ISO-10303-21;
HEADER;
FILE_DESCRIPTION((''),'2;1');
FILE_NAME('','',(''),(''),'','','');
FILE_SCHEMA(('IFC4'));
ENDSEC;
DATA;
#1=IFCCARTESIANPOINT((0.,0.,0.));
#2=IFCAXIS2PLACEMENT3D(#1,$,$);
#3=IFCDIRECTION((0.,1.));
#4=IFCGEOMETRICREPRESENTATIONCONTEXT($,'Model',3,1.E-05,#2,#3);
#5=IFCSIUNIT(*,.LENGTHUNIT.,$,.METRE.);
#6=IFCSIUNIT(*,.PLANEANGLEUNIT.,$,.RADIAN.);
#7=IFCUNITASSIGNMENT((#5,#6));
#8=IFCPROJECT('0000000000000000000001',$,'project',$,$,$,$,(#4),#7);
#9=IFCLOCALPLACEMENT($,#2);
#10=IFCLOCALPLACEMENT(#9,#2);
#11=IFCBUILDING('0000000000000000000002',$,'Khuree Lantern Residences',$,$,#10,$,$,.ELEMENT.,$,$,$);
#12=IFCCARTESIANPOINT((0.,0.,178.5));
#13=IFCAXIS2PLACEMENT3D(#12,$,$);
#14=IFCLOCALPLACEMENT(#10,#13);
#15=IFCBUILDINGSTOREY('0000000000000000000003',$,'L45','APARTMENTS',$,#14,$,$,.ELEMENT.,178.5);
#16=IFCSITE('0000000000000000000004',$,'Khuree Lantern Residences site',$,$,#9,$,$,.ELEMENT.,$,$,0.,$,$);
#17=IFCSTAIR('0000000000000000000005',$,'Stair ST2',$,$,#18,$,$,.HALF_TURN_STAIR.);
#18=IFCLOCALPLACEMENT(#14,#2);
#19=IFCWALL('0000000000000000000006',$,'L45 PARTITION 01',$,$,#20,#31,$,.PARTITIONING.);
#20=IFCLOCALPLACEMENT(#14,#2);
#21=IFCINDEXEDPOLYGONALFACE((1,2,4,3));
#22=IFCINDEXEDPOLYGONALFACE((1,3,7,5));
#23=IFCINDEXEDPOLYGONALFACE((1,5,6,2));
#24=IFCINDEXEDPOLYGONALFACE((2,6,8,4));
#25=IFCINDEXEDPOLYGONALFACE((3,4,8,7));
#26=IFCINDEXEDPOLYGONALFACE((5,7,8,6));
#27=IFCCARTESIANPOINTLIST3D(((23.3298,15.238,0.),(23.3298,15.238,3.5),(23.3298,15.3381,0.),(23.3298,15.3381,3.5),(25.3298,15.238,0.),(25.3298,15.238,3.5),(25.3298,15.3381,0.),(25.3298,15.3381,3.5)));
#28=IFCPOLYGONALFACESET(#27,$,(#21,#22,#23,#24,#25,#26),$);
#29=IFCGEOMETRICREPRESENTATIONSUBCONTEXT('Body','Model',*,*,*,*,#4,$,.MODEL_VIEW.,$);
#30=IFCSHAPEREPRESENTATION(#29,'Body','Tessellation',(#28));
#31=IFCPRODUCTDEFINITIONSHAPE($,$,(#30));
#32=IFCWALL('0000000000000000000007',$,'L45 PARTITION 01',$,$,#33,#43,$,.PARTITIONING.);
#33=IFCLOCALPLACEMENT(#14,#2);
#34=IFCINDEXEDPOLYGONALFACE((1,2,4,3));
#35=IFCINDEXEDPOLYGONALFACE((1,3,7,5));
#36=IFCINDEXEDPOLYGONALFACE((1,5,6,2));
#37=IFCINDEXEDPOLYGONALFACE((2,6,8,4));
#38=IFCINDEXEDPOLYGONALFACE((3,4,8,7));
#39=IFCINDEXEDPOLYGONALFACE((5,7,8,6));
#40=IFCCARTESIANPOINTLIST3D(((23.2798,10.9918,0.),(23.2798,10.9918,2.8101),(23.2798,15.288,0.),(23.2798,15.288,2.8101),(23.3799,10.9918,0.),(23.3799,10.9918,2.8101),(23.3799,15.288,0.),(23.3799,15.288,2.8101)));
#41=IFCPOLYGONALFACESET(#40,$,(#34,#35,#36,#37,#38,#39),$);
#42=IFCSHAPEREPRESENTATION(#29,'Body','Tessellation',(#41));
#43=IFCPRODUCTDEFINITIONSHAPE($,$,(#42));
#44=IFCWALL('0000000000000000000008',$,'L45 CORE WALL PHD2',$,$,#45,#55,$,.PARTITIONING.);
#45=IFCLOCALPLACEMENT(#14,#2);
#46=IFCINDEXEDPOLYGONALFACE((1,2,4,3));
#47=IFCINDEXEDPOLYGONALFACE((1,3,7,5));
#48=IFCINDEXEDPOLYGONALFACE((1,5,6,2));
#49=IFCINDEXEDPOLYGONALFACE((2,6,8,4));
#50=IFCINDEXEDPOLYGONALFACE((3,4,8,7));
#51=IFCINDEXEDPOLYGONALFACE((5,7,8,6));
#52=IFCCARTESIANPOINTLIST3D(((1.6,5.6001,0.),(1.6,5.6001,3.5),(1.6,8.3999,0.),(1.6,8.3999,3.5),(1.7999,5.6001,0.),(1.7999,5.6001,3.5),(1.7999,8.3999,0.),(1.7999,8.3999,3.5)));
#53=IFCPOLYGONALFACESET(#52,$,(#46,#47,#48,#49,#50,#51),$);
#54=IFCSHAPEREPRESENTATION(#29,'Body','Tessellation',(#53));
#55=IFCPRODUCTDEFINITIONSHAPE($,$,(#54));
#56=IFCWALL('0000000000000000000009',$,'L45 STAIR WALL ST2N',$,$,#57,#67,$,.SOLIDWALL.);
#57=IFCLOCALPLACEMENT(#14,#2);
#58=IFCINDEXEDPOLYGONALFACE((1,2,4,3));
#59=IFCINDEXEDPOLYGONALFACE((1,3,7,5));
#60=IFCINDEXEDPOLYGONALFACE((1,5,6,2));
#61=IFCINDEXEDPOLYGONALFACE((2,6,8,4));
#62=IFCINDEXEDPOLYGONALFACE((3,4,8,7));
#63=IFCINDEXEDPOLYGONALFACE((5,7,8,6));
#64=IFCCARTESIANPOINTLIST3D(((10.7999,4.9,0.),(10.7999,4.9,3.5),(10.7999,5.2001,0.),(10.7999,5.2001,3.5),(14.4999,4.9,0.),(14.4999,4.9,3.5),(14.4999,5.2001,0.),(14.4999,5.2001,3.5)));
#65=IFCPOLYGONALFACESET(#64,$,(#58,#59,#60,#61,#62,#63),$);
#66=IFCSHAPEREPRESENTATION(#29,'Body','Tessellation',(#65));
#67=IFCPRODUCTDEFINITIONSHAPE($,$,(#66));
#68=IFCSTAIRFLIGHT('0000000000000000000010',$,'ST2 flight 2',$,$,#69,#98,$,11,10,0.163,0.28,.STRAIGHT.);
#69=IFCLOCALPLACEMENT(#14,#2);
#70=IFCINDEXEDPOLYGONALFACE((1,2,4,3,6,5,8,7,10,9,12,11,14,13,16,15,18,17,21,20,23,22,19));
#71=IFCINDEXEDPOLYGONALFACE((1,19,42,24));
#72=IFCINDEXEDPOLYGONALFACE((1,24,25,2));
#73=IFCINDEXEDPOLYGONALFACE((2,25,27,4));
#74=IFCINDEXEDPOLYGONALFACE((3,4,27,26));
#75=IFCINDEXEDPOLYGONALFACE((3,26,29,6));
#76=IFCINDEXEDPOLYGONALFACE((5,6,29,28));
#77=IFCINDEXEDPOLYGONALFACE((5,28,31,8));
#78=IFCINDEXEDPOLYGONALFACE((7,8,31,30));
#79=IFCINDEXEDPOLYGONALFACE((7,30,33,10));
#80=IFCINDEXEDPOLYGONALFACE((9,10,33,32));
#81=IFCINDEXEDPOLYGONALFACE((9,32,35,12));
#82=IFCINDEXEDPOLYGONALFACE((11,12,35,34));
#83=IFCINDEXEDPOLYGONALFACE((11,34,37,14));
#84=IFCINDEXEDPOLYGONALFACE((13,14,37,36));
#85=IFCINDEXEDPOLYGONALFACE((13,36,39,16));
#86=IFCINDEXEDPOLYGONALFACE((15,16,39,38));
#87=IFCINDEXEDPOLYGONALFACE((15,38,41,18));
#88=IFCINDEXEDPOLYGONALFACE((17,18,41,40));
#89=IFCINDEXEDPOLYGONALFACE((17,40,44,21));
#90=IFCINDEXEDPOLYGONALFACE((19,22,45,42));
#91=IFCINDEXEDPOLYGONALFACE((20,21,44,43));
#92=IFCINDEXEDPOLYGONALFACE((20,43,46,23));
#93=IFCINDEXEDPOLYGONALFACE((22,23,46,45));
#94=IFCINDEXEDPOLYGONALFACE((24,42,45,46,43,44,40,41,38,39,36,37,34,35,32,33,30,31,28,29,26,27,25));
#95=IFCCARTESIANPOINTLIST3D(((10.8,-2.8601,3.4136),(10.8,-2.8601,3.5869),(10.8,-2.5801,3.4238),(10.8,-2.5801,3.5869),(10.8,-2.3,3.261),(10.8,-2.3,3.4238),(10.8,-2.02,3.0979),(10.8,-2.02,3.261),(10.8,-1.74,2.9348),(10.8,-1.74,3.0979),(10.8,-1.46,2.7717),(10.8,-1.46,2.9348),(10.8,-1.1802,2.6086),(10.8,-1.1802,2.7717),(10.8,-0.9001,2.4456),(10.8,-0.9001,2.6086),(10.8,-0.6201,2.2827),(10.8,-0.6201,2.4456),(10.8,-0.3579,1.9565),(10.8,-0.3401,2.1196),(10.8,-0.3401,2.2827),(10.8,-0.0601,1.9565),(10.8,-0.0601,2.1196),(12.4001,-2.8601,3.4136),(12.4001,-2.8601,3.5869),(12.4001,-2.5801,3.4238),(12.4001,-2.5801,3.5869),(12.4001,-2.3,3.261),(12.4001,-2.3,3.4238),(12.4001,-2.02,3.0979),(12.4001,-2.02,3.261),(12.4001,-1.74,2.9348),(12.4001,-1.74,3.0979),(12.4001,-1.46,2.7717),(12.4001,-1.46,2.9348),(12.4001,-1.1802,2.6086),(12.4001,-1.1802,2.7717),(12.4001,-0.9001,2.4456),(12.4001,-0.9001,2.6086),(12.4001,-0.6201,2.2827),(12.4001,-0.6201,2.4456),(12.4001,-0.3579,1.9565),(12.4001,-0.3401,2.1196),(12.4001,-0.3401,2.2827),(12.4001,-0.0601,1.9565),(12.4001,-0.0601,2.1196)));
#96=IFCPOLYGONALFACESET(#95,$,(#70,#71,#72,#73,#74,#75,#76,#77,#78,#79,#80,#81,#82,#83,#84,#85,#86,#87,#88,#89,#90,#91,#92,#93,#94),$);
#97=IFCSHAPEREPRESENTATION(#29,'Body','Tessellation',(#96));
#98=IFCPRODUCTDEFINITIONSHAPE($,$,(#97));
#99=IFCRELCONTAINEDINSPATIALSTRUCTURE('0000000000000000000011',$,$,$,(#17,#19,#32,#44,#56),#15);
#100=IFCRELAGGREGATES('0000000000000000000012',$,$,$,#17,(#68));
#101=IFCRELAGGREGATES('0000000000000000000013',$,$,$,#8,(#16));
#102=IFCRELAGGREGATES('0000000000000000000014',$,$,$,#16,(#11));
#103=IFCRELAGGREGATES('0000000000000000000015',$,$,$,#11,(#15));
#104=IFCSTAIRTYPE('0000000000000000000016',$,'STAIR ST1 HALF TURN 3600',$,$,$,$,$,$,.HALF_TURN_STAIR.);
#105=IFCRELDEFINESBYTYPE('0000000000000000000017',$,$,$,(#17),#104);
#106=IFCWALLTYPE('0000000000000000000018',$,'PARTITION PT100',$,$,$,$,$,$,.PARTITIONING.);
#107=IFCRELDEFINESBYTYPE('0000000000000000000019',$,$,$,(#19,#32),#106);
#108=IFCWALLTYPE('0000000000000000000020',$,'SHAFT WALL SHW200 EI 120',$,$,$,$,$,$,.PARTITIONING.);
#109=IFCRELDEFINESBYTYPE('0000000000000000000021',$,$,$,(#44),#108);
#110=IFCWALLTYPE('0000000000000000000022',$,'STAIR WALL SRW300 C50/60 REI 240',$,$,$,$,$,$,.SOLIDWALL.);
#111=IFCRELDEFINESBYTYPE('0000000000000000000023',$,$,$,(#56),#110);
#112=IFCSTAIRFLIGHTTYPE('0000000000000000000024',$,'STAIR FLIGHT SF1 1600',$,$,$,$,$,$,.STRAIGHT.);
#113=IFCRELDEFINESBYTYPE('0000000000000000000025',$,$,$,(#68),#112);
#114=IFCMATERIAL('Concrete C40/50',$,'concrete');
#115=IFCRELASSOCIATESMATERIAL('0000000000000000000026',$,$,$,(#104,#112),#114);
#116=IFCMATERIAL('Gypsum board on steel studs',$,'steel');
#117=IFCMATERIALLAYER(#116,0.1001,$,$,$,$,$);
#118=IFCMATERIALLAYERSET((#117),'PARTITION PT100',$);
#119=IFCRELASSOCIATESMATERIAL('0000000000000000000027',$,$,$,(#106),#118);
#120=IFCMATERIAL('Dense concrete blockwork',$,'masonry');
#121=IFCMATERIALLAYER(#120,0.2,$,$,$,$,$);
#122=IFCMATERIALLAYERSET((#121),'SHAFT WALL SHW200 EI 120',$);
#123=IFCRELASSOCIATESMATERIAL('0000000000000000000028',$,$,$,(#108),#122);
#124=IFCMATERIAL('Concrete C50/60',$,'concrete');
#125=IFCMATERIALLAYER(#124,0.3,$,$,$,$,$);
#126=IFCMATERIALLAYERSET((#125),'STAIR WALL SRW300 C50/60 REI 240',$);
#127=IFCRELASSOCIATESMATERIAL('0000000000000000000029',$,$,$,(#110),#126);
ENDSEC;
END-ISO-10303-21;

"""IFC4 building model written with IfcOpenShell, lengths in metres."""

from ifc_helpers import new_model, si_unit, direction, frame, frame_2d, origin, place, context, subcontext, project, spatial, polyline, rectangle, outline, extrude, material, layer, layer_set, type_object, element, aggregate, save


model = new_model("IFC4")

# Units and contexts
model_context = context("Model", 3, precision=1e-05, world=origin(), true_north=direction((0.0, 1.0)))
body_context = subcontext(model_context, "Body", "Model", "MODEL_VIEW")
ifc_project = project(units=[si_unit("LENGTHUNIT", "METRE"), si_unit("PLANEANGLEUNIT", "RADIAN")], contexts=[model_context])

# Site, building, storey
site_placement = place(None, origin())
site = spatial("IfcSite", under=ifc_project, at=site_placement, Name="Khuree Lantern Residences site", CompositionType="ELEMENT", RefElevation=0.0)
building_placement = place(site_placement, origin())
building = spatial("IfcBuilding", under=site, at=building_placement, Name="Khuree Lantern Residences", CompositionType="ELEMENT")
storey_placement = place(building_placement, frame((0.0, 0.0, 178.5)))
storey = spatial("IfcBuildingStorey", under=building, at=storey_placement, Name="L45", Description="APARTMENTS", CompositionType="ELEMENT", Elevation=178.5)

# Stair
ifc_material_1 = material(Name="Concrete C40/50", Category="concrete")
stair_type = type_object("IfcStairType", Name="STAIR ST1 HALF TURN 3600", PredefinedType="HALF_TURN_STAIR", material=ifc_material_1)
stair_1_placement = place(storey_placement, origin())
stair_1 = element("IfcStair", 1, at=stair_1_placement, inside=storey, type_object=stair_type, Name="Stair ST2", PredefinedType="HALF_TURN_STAIR")

# Shared definitions
ifc_material_2 = material(Name="Dense concrete blockwork", Category="masonry")

# Walls
ifc_material_3 = material(Name="Gypsum board on steel studs", Category="steel")
ifc_layer_1 = layer(ifc_material_3, 0.1001)
ifc_layer_set_1 = layer_set([ifc_layer_1], Name="PARTITION PT100")
wall_type_1 = type_object("IfcWallType", Name="PARTITION PT100", PredefinedType="PARTITIONING", material=ifc_layer_set_1)
wall_1_placement = place(storey_placement, frame((23.3298, 15.2881, 0.0), z_axis=(0.0, 0.0, 1.0), x_axis=(1.0, 0.0, 0.0)))
element("IfcWall", 2, at=wall_1_placement, inside=storey, type_object=wall_type_1, Name="L45 PARTITION 01", PredefinedType="PARTITIONING", context=body_context, shape_type="SweptSolid", body=[
    extrude(rectangle(XDim=2.0, YDim=0.1001, at=frame_2d((1.0, 0.0))), origin(), (0.0, 0.0, 1.0), 3.5),
])
wall_2_placement = place(storey_placement, frame((23.3298, 10.9919, 0.0), z_axis=(0.0, 0.0, 1.0), x_axis=(0.0, 1.0, 0.0)))
element("IfcWall", 3, at=wall_2_placement, inside=storey, type_object=wall_type_1, Name="L45 PARTITION 01", PredefinedType="PARTITIONING", context=body_context, shape_type="SweptSolid", body=[
    extrude(rectangle(XDim=4.2961, YDim=0.1001, at=frame_2d((2.1479, 0.0))), origin(), (0.0, 0.0, 1.0), 2.8101),
])
ifc_layer_2 = layer(ifc_material_2, 0.2)
ifc_layer_set_2 = layer_set([ifc_layer_2], Name="SHAFT WALL SHW200 EI 120")
wall_type_2 = type_object("IfcWallType", Name="SHAFT WALL SHW200 EI 120", PredefinedType="PARTITIONING", material=ifc_layer_set_2)
wall_3_placement = place(storey_placement, frame((1.7, 5.6001, 0.0), z_axis=(0.0, 0.0, 1.0), x_axis=(0.0, 1.0, 0.0)))
element("IfcWall", 4, at=wall_3_placement, inside=storey, type_object=wall_type_2, Name="L45 CORE WALL PHD2", PredefinedType="PARTITIONING", context=body_context, shape_type="SweptSolid", body=[
    extrude(rectangle(XDim=2.7998, YDim=0.2, at=frame_2d((1.3999, 0.0))), origin(), (0.0, 0.0, 1.0), 3.5),
])
ifc_material_4 = material(Name="Concrete C50/60", Category="concrete")
ifc_layer_3 = layer(ifc_material_4, 0.3)
ifc_layer_set_3 = layer_set([ifc_layer_3], Name="STAIR WALL SRW300 C50/60 REI 240")
wall_type_3 = type_object("IfcWallType", Name="STAIR WALL SRW300 C50/60 REI 240", PredefinedType="SOLIDWALL", material=ifc_layer_set_3)
wall_4_placement = place(storey_placement, frame((14.5, 5.05, 0.0), z_axis=(0.0, 0.0, 1.0), x_axis=(-1.0, 0.0, 0.0)))
element("IfcWall", 5, at=wall_4_placement, inside=storey, type_object=wall_type_3, Name="L45 STAIR WALL ST2N", PredefinedType="SOLIDWALL", context=body_context, shape_type="SweptSolid", body=[
    extrude(rectangle(XDim=3.7, YDim=0.3, at=frame_2d((1.8501, 0.0))), origin(), (0.0, 0.0, 1.0), 3.5),
])

# Stair flight
stair_flight_type = type_object("IfcStairFlightType", Name="STAIR FLIGHT SF1 1600", PredefinedType="STRAIGHT", material=ifc_material_1)
stair_flight_placement = place(storey_placement, frame((11.6001, -0.0601, 1.9565), z_axis=(0.0, 0.0, 1.0), x_axis=(0.0, -1.0, 0.0)))
stair_flight = element("IfcStairFlight", 6, at=stair_flight_placement, type_object=stair_flight_type, Name="ST2 flight 2", NumberOfRisers=11, NumberOfTreads=10, PredefinedType="STRAIGHT", RiserHeight=0.163, TreadLength=0.28, context=body_context, shape_type="SweptSolid", body=[
    extrude(outline(polyline([(0.0, 0.0), (0.0, 0.1631), (0.28, 0.1631), (0.28, 0.3262), (0.5601, 0.3262), (0.5601, 0.489), (0.8401, 0.489), (0.8401, 0.6521), (1.1201, 0.6521), (1.1201, 0.8152), (1.3999, 0.8152), (1.3999, 0.9783), (1.6799, 0.9783), (1.6799, 1.1414), (1.96, 1.1414), (1.96, 1.3044), (2.24, 1.3044), (2.24, 1.4673), (2.52, 1.4673), (2.52, 1.6304), (2.8, 1.6304), (2.8, 1.7935), (2.8, 1.457), (0.2979, 0.0), (0.0, 0.0)])), frame((0.0, 0.8, 0.0), z_axis=(0.0, -1.0, 0.0), x_axis=(1.0, 0.0, 0.0)), (0.0, 0.0, 1.0), 1.6001),
])
aggregate(stair_1, [stair_flight])

save(model, "model.ifc")
